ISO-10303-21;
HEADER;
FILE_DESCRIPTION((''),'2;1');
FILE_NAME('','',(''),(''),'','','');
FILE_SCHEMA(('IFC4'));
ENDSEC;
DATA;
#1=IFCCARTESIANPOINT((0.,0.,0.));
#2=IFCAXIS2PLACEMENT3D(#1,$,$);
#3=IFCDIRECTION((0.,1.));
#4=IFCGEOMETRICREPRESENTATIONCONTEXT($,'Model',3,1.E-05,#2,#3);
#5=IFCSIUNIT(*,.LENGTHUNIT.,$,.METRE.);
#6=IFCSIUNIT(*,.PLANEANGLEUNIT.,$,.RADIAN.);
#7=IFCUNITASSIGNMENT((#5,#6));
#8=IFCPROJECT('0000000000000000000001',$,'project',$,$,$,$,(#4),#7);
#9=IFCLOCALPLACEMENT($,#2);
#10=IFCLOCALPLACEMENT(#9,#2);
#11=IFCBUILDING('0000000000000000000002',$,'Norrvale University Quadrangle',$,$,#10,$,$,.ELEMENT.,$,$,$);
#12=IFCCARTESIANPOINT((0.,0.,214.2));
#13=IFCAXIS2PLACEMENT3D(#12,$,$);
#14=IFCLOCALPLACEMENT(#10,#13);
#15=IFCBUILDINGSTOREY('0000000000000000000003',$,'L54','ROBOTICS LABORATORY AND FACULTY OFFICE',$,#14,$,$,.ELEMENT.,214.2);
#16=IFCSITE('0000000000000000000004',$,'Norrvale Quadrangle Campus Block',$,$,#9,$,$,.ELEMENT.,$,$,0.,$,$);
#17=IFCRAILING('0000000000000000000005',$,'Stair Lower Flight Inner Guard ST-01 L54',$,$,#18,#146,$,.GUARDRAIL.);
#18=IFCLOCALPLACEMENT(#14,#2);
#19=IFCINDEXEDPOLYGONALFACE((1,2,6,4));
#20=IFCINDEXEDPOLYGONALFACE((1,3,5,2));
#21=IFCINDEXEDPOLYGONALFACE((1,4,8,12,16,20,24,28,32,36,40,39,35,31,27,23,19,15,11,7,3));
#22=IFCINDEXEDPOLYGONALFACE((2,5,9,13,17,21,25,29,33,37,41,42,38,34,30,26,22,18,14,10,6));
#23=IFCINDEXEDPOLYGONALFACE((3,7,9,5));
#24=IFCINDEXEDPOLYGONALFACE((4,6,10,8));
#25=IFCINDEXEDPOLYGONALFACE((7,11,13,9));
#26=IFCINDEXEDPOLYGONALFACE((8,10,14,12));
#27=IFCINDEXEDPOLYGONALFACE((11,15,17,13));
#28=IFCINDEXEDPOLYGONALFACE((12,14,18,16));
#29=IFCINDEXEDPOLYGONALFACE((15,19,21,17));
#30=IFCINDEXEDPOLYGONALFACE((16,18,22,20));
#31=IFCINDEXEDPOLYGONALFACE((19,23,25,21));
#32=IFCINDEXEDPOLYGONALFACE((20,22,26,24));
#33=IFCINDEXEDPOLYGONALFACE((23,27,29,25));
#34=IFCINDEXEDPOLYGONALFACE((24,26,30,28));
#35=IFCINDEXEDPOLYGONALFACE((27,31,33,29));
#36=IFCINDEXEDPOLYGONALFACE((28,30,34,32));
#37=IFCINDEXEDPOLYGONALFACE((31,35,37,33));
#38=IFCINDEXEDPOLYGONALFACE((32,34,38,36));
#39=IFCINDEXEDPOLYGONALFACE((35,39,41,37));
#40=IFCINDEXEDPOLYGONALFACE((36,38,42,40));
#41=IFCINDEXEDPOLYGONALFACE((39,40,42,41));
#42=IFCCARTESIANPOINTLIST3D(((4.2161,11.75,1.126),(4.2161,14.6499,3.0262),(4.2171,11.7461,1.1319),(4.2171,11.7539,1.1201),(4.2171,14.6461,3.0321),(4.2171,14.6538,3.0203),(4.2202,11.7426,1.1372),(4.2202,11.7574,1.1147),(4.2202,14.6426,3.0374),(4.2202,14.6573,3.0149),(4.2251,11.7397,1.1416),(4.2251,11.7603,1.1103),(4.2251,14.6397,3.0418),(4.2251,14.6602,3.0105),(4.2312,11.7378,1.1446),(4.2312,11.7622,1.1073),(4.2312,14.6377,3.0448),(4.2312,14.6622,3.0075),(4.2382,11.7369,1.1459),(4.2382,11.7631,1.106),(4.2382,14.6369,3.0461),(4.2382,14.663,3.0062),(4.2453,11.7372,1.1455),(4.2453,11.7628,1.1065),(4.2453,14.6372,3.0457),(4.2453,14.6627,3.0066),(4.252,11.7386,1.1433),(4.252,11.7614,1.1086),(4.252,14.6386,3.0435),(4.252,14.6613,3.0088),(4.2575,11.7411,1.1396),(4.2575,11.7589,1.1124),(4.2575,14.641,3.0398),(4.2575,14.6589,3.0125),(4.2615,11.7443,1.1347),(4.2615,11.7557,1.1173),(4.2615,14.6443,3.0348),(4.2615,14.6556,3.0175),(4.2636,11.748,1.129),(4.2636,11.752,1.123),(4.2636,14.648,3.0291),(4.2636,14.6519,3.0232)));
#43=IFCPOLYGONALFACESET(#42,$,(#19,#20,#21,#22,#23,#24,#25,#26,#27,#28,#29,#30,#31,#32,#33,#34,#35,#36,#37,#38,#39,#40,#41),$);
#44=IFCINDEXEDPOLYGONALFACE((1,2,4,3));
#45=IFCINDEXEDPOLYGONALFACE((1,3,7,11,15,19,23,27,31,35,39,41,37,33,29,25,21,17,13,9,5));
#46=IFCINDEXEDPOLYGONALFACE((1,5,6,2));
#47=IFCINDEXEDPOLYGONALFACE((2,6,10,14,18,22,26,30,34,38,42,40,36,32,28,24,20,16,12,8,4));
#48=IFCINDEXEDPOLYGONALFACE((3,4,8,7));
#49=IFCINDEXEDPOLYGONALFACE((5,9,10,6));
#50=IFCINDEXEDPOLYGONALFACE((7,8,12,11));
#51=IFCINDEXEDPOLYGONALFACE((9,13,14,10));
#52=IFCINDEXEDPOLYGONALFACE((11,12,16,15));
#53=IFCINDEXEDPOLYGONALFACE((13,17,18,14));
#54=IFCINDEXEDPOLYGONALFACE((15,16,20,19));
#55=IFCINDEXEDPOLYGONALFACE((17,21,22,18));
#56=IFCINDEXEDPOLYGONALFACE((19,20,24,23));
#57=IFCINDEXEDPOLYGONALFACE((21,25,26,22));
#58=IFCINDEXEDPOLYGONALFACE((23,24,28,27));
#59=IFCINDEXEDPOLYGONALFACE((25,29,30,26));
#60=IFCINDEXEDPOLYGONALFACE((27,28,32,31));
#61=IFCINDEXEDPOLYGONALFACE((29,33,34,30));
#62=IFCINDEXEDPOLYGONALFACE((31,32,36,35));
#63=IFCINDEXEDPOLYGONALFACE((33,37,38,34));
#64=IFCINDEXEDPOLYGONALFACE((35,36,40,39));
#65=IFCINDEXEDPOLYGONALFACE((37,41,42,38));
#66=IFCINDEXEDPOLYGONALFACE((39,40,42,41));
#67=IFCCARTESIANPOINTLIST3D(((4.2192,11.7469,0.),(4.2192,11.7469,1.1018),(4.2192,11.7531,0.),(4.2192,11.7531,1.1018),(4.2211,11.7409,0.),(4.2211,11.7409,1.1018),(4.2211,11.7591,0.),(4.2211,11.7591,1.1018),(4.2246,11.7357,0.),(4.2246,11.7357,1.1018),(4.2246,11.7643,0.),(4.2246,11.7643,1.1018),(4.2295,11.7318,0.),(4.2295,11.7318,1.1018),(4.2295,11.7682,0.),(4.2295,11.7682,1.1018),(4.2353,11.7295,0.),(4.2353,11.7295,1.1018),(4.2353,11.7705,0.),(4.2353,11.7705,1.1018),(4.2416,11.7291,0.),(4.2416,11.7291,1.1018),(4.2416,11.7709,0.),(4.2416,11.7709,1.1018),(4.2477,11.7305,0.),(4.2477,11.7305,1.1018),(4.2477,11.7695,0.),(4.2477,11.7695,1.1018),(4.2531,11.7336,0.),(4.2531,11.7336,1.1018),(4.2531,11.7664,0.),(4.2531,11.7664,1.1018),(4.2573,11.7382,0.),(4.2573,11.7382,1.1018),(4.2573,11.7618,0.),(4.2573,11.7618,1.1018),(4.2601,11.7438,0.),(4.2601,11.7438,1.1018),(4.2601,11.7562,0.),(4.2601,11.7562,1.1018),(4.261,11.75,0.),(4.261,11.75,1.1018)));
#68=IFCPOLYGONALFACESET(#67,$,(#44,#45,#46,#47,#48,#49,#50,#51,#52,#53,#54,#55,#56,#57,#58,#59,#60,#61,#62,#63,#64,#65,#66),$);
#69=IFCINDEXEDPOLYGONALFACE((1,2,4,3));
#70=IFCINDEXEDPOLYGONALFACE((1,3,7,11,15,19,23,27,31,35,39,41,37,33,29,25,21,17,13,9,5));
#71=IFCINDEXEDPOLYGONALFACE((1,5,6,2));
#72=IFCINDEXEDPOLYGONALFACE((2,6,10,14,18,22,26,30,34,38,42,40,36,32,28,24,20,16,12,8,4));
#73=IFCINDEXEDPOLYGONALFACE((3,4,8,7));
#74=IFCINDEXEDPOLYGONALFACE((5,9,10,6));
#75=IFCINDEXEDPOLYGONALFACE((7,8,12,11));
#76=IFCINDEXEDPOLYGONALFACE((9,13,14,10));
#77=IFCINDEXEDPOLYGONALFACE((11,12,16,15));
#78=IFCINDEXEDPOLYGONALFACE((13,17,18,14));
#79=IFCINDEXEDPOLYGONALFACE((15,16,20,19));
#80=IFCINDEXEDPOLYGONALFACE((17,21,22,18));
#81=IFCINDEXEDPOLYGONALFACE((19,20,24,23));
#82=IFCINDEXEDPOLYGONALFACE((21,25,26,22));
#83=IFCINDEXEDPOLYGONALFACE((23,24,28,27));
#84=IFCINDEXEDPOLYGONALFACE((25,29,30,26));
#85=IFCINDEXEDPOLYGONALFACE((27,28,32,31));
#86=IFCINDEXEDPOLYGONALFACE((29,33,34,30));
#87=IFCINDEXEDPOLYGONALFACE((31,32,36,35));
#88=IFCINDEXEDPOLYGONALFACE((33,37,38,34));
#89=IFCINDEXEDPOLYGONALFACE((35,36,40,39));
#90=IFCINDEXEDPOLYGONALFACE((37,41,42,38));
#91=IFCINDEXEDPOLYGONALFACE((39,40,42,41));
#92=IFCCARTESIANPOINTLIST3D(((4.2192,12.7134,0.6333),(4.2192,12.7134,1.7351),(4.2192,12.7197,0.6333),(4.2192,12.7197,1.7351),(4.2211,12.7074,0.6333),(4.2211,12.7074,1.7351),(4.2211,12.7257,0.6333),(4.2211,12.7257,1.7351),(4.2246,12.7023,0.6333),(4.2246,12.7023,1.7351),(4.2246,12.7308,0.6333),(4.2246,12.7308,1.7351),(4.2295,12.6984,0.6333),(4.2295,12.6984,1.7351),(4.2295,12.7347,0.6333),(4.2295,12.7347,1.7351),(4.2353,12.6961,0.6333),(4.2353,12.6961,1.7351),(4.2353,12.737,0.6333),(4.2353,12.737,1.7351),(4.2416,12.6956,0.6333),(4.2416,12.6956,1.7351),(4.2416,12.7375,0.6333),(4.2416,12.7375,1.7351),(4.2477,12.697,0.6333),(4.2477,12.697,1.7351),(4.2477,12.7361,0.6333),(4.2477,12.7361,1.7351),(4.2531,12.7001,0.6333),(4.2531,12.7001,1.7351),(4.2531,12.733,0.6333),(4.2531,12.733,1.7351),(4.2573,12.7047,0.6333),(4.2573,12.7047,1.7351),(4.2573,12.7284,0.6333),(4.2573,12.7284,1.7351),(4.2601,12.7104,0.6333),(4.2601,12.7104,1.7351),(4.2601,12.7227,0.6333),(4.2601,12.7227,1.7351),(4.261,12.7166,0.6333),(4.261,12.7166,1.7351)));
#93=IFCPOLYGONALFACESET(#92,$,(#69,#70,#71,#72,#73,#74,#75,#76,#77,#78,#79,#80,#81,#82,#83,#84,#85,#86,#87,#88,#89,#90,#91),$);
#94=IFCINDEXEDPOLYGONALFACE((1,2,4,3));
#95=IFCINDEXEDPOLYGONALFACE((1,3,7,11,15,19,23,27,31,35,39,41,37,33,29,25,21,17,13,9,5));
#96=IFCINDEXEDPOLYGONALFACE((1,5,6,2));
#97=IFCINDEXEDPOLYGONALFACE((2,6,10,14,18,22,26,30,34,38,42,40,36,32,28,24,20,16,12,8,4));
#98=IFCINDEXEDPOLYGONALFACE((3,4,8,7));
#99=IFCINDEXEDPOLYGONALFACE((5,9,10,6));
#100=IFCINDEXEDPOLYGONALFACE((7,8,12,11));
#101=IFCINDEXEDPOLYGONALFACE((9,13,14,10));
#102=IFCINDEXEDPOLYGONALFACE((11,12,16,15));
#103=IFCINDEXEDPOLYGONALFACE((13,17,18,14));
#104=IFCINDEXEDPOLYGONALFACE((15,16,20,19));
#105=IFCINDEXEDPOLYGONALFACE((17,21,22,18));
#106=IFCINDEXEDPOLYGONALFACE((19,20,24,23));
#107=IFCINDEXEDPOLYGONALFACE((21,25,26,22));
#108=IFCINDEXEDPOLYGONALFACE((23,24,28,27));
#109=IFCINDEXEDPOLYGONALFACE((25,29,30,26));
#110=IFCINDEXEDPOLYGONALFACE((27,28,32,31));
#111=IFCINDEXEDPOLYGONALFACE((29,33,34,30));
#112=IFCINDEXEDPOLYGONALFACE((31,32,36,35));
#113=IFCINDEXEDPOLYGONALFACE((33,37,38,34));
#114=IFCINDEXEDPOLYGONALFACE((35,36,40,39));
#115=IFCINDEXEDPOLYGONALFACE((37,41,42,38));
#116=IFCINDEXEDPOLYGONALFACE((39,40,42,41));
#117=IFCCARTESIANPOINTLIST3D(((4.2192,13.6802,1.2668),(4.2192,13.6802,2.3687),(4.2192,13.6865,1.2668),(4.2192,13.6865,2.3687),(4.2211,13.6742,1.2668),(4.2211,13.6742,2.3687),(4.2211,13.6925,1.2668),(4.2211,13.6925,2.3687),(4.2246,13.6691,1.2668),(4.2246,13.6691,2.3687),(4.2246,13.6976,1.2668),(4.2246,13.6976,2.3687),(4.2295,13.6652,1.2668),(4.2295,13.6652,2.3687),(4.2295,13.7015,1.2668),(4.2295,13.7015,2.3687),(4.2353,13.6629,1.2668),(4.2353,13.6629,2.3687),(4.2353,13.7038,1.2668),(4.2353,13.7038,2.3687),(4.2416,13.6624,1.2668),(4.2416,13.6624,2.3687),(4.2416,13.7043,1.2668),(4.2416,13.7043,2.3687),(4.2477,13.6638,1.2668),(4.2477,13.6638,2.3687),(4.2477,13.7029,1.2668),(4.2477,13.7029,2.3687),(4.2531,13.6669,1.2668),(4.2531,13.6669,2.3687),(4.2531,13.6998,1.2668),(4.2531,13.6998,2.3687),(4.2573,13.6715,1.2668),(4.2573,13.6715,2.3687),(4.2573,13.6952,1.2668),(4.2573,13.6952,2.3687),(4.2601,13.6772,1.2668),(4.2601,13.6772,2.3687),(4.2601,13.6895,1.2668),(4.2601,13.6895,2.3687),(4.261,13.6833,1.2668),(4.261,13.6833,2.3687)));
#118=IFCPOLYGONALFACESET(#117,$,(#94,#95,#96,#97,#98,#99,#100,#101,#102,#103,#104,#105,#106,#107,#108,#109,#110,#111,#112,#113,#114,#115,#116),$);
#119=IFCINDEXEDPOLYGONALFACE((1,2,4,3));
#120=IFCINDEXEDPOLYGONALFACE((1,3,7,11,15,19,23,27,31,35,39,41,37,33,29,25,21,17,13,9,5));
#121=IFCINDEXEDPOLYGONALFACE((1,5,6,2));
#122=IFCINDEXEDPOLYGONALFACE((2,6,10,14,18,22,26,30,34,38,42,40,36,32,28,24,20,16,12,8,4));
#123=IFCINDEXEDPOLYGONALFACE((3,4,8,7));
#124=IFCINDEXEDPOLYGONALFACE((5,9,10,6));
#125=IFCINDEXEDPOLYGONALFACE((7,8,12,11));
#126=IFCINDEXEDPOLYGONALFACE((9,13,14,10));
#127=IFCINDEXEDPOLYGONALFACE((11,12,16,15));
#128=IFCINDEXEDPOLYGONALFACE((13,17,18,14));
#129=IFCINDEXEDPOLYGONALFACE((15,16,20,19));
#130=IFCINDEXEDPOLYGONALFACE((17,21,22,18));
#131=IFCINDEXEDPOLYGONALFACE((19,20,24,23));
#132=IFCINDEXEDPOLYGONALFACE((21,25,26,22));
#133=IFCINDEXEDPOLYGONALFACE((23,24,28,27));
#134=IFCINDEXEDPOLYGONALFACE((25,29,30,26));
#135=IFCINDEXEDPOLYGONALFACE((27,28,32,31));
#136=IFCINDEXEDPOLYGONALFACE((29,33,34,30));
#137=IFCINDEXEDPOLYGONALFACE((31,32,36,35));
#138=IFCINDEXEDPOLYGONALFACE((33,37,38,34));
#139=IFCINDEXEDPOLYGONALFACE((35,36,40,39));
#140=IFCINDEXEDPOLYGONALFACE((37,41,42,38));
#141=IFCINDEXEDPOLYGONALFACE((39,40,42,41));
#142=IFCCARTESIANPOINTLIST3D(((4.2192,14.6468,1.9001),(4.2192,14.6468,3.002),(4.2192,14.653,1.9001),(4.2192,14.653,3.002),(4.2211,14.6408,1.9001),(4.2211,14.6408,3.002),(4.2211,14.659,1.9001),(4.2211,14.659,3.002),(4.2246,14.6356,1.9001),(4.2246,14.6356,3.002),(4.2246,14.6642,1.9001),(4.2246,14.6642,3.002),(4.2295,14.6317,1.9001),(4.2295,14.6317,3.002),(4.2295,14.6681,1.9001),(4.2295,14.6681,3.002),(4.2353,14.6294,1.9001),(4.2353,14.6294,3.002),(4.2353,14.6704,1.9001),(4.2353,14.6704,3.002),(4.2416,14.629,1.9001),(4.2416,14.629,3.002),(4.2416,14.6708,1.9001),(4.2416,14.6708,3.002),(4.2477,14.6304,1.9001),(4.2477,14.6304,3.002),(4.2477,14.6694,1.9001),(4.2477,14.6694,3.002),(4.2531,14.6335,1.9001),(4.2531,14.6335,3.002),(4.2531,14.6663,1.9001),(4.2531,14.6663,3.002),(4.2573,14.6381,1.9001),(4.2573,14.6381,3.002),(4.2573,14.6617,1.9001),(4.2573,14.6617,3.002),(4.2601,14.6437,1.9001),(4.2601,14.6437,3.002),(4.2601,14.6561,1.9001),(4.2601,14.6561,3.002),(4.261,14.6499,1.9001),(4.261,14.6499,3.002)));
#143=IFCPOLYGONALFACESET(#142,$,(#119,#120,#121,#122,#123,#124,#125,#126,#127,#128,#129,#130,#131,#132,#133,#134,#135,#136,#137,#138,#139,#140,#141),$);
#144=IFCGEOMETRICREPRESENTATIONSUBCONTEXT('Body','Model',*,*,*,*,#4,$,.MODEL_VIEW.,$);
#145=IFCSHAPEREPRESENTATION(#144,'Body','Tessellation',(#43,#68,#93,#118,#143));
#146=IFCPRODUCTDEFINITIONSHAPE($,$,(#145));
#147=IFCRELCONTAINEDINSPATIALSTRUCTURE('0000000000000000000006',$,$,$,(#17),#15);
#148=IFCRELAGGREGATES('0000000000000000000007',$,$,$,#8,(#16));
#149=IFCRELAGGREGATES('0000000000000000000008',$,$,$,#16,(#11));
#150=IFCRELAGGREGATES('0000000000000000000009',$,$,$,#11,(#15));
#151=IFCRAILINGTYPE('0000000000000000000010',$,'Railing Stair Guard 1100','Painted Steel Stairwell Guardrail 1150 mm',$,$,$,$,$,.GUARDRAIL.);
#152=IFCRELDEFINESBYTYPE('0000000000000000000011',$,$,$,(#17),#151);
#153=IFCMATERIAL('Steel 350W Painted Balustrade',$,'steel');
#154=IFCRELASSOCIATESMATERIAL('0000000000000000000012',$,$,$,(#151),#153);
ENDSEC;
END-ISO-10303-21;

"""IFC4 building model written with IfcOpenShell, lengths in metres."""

from ifc_helpers import new_model, si_unit, direction, frame, origin, origin_2d, place, context, subcontext, project, spatial, circle, extrude, material, type_object, element, save


model = new_model("IFC4")

# Units and contexts
model_context = context("Model", 3, precision=1e-05, world=origin(), true_north=direction((0.0, 1.0)))
body_context = subcontext(model_context, "Body", "Model", "MODEL_VIEW")
ifc_project = project(units=[si_unit("LENGTHUNIT", "METRE"), si_unit("PLANEANGLEUNIT", "RADIAN")], contexts=[model_context])

# Site, building, storey
site_placement = place(None, origin())
site = spatial("IfcSite", under=ifc_project, at=site_placement, Name="Norrvale Quadrangle Campus Block", CompositionType="ELEMENT", RefElevation=0.0)
building_placement = place(site_placement, origin())
building = spatial("IfcBuilding", under=site, at=building_placement, Name="Norrvale University Quadrangle", CompositionType="ELEMENT")
storey_placement = place(building_placement, frame((0.0, 0.0, 214.2)))
storey = spatial("IfcBuildingStorey", under=building, at=storey_placement, Name="L54", Description="ROBOTICS LABORATORY AND FACULTY OFFICE", CompositionType="ELEMENT", Elevation=214.2)

# Railing
ifc_material_1 = material(Name="Steel 350W Painted Balustrade", Category="steel")
railing_type_1 = type_object("IfcRailingType", Name="Railing Stair Guard 1100", Description="Painted Steel Stairwell Guardrail 1150 mm", PredefinedType="GUARDRAIL", material=ifc_material_1)
railing_1_placement = place(storey_placement, frame((4.24, 11.75, 0.0)))
element("IfcRailing", 1, at=railing_1_placement, inside=storey, type_object=railing_type_1, Name="Stair Lower Flight Inner Guard ST-01 L54", PredefinedType="GUARDRAIL", context=body_context, shape_type="SweptSolid", body=[
    extrude(circle(Radius=0.0239, at=origin_2d()), frame((0.0, 0.0, 1.126), z_axis=(0.0, 0.836433, 0.548069), x_axis=(-1.0, 0.0, 0.0)), (0.0, 0.0, 1.0), 3.467),
    extrude(circle(Radius=0.021, at=origin_2d()), origin(), (0.0, 0.0, 1.0), 1.1018),
    extrude(circle(Radius=0.021, at=origin_2d()), frame((0.0, 0.9666, 0.6333)), (0.0, 0.0, 1.0), 1.1018),
    extrude(circle(Radius=0.021, at=origin_2d()), frame((0.0, 1.9333, 1.2668)), (0.0, 0.0, 1.0), 1.1018),
    extrude(circle(Radius=0.021, at=origin_2d()), frame((0.0, 2.8999, 1.9001)), (0.0, 0.0, 1.0), 1.1018),
])

save(model, "model.ifc")
